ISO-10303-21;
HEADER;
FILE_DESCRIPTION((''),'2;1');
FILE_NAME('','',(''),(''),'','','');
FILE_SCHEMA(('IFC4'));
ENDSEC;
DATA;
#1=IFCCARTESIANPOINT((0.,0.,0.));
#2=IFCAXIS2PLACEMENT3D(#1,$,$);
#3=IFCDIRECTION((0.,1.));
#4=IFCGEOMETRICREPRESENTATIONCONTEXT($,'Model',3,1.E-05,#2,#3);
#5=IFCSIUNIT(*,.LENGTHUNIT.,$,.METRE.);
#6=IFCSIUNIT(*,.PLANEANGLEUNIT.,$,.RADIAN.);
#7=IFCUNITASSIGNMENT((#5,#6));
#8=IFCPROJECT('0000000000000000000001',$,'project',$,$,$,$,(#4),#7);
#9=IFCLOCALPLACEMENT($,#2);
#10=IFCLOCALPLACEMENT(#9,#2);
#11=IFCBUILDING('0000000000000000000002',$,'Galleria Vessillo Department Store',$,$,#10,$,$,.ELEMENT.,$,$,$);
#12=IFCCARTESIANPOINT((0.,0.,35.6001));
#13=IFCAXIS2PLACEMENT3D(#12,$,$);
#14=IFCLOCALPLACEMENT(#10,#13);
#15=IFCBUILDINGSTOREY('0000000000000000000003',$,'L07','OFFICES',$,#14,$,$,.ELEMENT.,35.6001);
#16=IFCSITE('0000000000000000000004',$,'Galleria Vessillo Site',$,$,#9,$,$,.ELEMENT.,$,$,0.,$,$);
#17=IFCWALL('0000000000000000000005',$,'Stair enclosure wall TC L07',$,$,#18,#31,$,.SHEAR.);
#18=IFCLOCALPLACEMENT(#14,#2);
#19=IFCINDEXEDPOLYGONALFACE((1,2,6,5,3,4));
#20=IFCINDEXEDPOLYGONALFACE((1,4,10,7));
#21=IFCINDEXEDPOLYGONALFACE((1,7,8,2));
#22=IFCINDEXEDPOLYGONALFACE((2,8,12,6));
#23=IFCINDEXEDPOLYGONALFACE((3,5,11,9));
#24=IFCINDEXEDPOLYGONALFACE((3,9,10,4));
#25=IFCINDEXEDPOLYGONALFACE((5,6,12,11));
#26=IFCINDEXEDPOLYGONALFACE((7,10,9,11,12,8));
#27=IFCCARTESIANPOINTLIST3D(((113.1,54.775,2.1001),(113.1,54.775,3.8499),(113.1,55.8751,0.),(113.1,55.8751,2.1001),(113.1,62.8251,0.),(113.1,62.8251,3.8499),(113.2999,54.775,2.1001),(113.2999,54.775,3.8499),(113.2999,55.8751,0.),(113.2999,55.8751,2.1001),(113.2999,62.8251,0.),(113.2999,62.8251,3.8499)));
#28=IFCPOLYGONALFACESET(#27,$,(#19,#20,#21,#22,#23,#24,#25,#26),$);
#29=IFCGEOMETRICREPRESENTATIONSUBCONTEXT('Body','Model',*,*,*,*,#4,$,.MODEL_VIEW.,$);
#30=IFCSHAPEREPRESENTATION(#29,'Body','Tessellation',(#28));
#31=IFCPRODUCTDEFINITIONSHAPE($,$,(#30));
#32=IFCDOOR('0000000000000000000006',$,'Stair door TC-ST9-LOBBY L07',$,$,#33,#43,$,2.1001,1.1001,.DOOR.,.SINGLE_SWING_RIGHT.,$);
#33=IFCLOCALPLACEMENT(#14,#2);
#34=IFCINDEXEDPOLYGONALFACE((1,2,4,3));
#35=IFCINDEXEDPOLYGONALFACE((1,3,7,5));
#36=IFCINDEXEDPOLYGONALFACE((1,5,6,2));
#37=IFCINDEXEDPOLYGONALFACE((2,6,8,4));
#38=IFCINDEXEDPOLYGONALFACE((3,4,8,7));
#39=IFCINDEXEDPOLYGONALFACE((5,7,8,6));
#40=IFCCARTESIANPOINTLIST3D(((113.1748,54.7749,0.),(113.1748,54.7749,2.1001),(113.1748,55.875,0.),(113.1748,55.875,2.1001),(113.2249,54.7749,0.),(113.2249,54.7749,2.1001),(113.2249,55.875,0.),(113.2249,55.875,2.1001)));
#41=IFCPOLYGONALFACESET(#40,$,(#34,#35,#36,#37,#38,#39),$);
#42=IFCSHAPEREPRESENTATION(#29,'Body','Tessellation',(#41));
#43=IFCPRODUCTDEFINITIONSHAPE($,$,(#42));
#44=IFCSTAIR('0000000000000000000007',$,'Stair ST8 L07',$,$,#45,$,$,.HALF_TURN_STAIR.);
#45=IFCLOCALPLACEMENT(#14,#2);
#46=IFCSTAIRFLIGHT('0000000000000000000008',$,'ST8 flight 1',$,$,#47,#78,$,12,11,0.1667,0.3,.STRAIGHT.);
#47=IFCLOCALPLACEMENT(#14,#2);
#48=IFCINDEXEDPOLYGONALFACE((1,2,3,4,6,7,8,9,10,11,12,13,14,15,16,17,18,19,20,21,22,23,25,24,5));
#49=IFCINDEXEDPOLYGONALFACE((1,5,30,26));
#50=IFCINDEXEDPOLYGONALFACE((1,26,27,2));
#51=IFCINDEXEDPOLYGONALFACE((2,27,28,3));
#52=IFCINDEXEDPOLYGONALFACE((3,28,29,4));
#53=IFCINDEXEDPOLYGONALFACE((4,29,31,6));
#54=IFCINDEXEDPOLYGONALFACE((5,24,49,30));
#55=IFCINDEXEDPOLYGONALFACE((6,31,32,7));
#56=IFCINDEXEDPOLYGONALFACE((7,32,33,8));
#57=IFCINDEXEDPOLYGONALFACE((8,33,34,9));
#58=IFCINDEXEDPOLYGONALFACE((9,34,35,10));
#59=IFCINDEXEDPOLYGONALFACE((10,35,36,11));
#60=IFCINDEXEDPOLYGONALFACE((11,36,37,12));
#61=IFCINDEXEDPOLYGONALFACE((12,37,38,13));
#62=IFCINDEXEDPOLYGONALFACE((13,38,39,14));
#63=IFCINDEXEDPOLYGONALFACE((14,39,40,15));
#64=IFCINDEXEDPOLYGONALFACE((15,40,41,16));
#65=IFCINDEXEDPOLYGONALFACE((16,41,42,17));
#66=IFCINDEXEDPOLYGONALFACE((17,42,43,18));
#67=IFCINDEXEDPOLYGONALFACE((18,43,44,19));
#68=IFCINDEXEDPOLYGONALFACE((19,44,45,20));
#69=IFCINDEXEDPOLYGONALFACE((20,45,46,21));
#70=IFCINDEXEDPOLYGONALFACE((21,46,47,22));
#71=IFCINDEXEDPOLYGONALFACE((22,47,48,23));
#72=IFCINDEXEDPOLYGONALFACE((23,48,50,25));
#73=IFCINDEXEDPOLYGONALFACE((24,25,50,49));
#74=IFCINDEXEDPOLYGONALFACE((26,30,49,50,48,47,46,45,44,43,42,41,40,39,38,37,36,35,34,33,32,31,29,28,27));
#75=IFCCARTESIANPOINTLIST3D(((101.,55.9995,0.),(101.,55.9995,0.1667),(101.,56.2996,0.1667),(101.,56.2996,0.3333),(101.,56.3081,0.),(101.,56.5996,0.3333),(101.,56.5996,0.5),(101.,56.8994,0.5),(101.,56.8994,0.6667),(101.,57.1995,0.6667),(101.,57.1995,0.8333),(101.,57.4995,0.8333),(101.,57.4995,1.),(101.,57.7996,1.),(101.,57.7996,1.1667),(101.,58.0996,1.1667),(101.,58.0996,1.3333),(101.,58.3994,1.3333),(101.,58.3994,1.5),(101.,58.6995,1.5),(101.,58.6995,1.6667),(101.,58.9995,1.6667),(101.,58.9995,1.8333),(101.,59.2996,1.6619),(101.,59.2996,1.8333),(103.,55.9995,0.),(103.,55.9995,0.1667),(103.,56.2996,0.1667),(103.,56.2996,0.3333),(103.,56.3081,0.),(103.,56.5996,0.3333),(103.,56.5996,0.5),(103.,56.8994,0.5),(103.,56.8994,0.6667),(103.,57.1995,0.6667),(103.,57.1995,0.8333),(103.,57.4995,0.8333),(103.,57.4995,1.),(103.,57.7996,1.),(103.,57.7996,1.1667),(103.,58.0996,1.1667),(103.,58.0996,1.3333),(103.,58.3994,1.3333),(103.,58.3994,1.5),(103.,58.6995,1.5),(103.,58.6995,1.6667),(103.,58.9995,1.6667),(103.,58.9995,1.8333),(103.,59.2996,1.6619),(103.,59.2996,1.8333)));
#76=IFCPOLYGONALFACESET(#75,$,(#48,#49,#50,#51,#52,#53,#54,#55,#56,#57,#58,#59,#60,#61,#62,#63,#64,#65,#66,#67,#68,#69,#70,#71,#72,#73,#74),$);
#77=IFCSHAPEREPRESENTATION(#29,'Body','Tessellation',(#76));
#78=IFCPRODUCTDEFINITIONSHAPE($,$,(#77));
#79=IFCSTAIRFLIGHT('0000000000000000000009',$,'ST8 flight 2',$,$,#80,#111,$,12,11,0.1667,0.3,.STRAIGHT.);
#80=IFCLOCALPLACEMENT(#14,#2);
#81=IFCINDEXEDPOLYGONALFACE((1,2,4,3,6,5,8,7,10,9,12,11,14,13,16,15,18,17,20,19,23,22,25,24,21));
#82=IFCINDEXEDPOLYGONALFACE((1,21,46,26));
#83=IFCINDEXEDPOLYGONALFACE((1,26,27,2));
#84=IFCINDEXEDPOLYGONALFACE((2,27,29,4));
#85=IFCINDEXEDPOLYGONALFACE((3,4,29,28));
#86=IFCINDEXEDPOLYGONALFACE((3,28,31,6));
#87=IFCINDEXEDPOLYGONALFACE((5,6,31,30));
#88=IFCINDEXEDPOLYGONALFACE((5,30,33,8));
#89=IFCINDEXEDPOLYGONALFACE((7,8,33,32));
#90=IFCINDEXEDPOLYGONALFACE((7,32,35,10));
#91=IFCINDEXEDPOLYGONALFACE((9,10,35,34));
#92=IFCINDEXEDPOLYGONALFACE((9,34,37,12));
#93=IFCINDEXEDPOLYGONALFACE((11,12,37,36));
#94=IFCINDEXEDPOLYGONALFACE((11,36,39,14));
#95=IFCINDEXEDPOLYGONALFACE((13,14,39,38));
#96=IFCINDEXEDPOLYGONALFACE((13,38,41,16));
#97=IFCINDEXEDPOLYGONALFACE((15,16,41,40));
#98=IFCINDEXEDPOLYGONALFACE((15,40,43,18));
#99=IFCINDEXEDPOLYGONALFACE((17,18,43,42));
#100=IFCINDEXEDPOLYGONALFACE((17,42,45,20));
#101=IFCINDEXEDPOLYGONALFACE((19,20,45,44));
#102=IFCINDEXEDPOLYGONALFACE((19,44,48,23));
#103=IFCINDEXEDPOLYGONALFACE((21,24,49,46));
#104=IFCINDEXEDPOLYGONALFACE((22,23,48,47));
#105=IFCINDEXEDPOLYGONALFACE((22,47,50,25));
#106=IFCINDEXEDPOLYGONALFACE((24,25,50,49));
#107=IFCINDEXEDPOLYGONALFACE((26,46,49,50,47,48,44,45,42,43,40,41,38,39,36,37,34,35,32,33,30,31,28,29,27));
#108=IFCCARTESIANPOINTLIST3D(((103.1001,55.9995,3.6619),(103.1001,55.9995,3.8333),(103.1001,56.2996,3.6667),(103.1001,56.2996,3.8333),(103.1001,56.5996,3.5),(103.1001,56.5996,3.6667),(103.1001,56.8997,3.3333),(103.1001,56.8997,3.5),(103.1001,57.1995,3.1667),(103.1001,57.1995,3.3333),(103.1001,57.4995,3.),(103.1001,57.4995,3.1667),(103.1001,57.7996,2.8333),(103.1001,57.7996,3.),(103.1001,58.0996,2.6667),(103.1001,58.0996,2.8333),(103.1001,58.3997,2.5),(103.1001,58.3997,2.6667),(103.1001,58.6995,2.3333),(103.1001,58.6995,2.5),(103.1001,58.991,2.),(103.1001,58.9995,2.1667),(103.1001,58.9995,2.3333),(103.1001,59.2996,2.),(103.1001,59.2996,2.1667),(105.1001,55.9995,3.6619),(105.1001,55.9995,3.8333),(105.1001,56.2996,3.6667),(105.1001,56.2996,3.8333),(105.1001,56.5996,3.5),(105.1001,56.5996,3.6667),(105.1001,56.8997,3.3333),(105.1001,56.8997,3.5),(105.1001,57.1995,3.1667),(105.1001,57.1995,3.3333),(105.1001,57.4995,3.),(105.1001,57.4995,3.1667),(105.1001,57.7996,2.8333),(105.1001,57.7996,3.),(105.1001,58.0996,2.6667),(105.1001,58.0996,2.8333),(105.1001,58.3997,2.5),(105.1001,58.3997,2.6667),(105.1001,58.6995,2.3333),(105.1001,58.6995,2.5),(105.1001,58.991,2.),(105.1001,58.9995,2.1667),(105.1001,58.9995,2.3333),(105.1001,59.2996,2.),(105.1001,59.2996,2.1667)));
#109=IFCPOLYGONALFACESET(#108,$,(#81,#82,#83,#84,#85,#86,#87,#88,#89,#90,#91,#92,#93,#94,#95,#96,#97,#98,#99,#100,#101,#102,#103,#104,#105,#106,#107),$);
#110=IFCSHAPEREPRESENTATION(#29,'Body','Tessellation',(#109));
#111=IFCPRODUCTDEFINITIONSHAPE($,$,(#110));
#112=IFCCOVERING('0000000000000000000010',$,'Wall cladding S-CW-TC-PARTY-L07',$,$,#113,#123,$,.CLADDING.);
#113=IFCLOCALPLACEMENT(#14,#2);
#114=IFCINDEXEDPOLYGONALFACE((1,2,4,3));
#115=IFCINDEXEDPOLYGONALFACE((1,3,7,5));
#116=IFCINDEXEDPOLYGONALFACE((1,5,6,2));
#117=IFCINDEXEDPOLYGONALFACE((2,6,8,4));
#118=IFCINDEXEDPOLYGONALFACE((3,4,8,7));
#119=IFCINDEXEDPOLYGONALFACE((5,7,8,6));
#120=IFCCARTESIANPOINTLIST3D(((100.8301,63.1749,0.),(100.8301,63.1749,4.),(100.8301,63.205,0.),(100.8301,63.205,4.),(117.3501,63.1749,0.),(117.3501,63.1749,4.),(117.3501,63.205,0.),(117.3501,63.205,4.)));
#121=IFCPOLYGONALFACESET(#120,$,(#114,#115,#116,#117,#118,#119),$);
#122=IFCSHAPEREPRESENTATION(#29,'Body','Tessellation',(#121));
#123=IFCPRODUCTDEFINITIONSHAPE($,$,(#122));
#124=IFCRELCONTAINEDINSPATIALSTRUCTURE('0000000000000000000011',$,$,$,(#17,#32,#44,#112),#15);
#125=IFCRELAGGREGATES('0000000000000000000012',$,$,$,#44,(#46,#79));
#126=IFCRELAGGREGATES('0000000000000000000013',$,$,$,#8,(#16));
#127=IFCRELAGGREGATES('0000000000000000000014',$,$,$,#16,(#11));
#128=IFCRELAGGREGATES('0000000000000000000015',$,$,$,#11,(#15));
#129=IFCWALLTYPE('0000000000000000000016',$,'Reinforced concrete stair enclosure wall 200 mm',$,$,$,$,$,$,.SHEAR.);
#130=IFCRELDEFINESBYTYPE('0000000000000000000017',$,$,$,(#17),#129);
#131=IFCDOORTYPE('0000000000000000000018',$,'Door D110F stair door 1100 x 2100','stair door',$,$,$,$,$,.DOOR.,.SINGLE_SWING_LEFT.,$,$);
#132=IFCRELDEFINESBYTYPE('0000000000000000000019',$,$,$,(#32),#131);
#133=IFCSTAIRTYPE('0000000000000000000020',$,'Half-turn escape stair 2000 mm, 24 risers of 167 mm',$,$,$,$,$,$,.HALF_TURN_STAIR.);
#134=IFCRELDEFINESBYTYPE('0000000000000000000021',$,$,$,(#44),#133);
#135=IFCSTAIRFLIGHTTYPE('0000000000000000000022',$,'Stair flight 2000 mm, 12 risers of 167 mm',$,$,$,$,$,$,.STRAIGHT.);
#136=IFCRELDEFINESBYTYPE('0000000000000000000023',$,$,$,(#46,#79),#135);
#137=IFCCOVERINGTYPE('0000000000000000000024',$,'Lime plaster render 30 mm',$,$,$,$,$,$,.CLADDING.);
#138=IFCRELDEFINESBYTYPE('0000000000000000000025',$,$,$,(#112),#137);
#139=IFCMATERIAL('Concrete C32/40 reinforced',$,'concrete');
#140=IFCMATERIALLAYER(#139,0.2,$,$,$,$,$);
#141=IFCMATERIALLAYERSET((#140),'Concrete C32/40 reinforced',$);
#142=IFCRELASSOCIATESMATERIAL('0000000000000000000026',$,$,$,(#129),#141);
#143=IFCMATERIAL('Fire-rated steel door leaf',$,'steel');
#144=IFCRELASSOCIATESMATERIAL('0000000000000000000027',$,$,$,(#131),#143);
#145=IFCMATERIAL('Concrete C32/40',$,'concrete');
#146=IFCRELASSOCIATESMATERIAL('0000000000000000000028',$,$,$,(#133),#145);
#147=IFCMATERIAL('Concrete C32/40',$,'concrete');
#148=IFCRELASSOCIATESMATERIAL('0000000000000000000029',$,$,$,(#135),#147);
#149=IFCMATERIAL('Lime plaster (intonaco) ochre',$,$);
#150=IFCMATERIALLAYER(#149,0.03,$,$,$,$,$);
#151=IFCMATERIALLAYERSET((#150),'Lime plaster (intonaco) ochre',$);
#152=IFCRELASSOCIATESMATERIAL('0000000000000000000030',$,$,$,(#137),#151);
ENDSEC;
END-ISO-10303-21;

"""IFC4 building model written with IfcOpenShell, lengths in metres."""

from ifc_helpers import new_model, si_unit, direction, frame, frame_2d, origin, origin_2d, place, context, subcontext, project, spatial, polyline, rectangle, outline, extrude, material, layer, layer_set, type_object, element, fill, aggregate, save


model = new_model("IFC4")

# Units and contexts
model_context = context("Model", 3, precision=1e-05, world=origin(), true_north=direction((0.0, 1.0)))
body_context = subcontext(model_context, "Body", "Model", "MODEL_VIEW")
ifc_project = project(units=[si_unit("LENGTHUNIT", "METRE"), si_unit("PLANEANGLEUNIT", "RADIAN")], contexts=[model_context])

# Site, building, storey
site_placement = place(None, origin())
site = spatial("IfcSite", under=ifc_project, at=site_placement, Name="Galleria Vessillo Site", CompositionType="ELEMENT", RefElevation=0.0)
building_placement = place(site_placement, origin())
building = spatial("IfcBuilding", under=site, at=building_placement, Name="Galleria Vessillo Department Store", CompositionType="ELEMENT")
storey_placement = place(building_placement, frame((0.0, 0.0, 35.6001)))
storey = spatial("IfcBuildingStorey", under=building, at=storey_placement, Name="L07", Description="OFFICES", CompositionType="ELEMENT", Elevation=35.6001)

# Wall, opening, door
ifc_material_1 = material(Name="Concrete C32/40 reinforced", Category="concrete")
ifc_layer_1 = layer(ifc_material_1, 0.2)
ifc_layer_set_1 = layer_set([ifc_layer_1], Name="Concrete C32/40 reinforced")
wall_type_1 = type_object("IfcWallType", Name="Reinforced concrete stair enclosure wall 200 mm", PredefinedType="SHEAR", material=ifc_layer_set_1)
ifc_material_2 = material(Name="Fire-rated steel door leaf", Category="steel")
door_type_1 = type_object("IfcDoorType", Name="Door D110F stair door 1100 x 2100", Description="stair door", OperationType="SINGLE_SWING_LEFT", PredefinedType="DOOR", material=ifc_material_2)
wall_1_placement = place(storey_placement, frame((113.2, 62.825, 0.0), z_axis=(0.0, 0.0, 1.0), x_axis=(0.0, -1.0, 0.0)))
wall_1 = element("IfcWall", 1, at=wall_1_placement, inside=storey, type_object=wall_type_1, Name="Stair enclosure wall TC L07", PredefinedType="SHEAR", context=body_context, shape_type="SweptSolid", body=[
    extrude(rectangle(XDim=8.05, YDim=0.2, at=frame_2d((4.0249, 0.0))), origin(), (0.0, 0.0, 1.0), 3.8499),
])
opening_1_placement = place(wall_1_placement, frame((6.95, 0.0, 0.0)))
opening_1 = element("IfcOpeningElement", 2, at=opening_1_placement, cuts=wall_1, PredefinedType="OPENING", context=body_context, shape_type="SweptSolid", body=[
    extrude(rectangle(XDim=1.1101, YDim=2.1001, at=frame_2d((0.5549, 1.05))), frame((0.0, 0.1099, 0.0), z_axis=(0.0, -1.0, 0.0), x_axis=(1.0, 0.0, 0.0)), (0.0, 0.0, 1.0), 0.22),
])
door_1_placement = place(opening_1_placement, origin())
door_1 = element("IfcDoor", 3, at=door_1_placement, inside=storey, type_object=door_type_1, Name="Stair door TC-ST9-LOBBY L07", OperationType="SINGLE_SWING_RIGHT", OverallHeight=2.1001, OverallWidth=1.1001, PredefinedType="DOOR", context=body_context, shape_type="SweptSolid", body=[
    extrude(rectangle(XDim=1.1001, YDim=2.1001, at=frame_2d((0.55, 1.05))), frame((0.0, 0.0249, 0.0), z_axis=(0.0, -1.0, 0.0), x_axis=(1.0, 0.0, 0.0)), (0.0, 0.0, 1.0), 0.05),
])
fill(opening_1, door_1)

# Stair, stair flights
ifc_material_3 = material(Name="Concrete C32/40", Category="concrete")
stair_type = type_object("IfcStairType", Name="Half-turn escape stair 2000 mm, 24 risers of 167 mm", PredefinedType="HALF_TURN_STAIR", material=ifc_material_3)
stair_placement = place(storey_placement, origin())
stair = element("IfcStair", 4, at=stair_placement, inside=storey, type_object=stair_type, Name="Stair ST8 L07", PredefinedType="HALF_TURN_STAIR")
ifc_material_4 = material(Name="Concrete C32/40", Category="concrete")
stair_flight_type = type_object("IfcStairFlightType", Name="Stair flight 2000 mm, 12 risers of 167 mm", PredefinedType="STRAIGHT", material=ifc_material_4)
stair_flight_1_placement = place(storey_placement, frame((102.0, 55.9995, 0.0), z_axis=(0.0, 0.0, 1.0), x_axis=(0.0, 1.0, 0.0)))
stair_flight_1 = element("IfcStairFlight", 5, at=stair_flight_1_placement, type_object=stair_flight_type, Name="ST8 flight 1", NumberOfRisers=12, NumberOfTreads=11, PredefinedType="STRAIGHT", RiserHeight=0.1667, TreadLength=0.3, context=body_context, shape_type="SweptSolid", body=[
    extrude(outline(polyline([(0.0, 0.0), (0.0, 0.1667), (0.3, 0.1667), (0.3, 0.3333), (0.6001, 0.3333), (0.6001, 0.5), (0.8999, 0.5), (0.8999, 0.6667), (1.2, 0.6667), (1.2, 0.8333), (1.5, 0.8333), (1.5, 1.0), (1.8, 1.0), (1.8, 1.1667), (2.1001, 1.1667), (2.1001, 1.3333), (2.3999, 1.3333), (2.3999, 1.5), (2.7, 1.5), (2.7, 1.6667), (3.0, 1.6667), (3.0, 1.8333), (3.3, 1.8333), (3.3, 2.0), (3.3, 1.6619), (0.3086, 0.0), (0.0, 0.0)])), frame((0.0, 1.0, 0.0), z_axis=(0.0, -1.0, 0.0), x_axis=(1.0, 0.0, 0.0)), (0.0, 0.0, 1.0), 2.0),
])
stair_flight_2_placement = place(storey_placement, frame((104.1001, 59.2996, 2.0), z_axis=(0.0, 0.0, 1.0), x_axis=(0.0, -1.0, 0.0)))
stair_flight_2 = element("IfcStairFlight", 6, at=stair_flight_2_placement, type_object=stair_flight_type, Name="ST8 flight 2", NumberOfRisers=12, NumberOfTreads=11, PredefinedType="STRAIGHT", RiserHeight=0.1667, TreadLength=0.3, context=body_context, shape_type="SweptSolid", body=[
    extrude(outline(polyline([(0.0, 0.0), (0.0, 0.1667), (0.3, 0.1667), (0.3, 0.3333), (0.6001, 0.3333), (0.6001, 0.5), (0.8999, 0.5), (0.8999, 0.6667), (1.2, 0.6667), (1.2, 0.8333), (1.5, 0.8333), (1.5, 1.0), (1.8, 1.0), (1.8, 1.1667), (2.1001, 1.1667), (2.1001, 1.3333), (2.3999, 1.3333), (2.3999, 1.5), (2.7, 1.5), (2.7, 1.6667), (3.0, 1.6667), (3.0, 1.8333), (3.3, 1.8333), (3.3, 2.0), (3.3, 1.6619), (0.3086, 0.0), (0.0, 0.0)])), frame((0.0, 1.0, 0.0), z_axis=(0.0, -1.0, 0.0), x_axis=(1.0, 0.0, 0.0)), (0.0, 0.0, 1.0), 2.0),
])
aggregate(stair, [stair_flight_1, stair_flight_2])

# Covering
ifc_material_5 = material(Name="Lime plaster (intonaco) ochre")
ifc_layer_2 = layer(ifc_material_5, 0.03)
ifc_layer_set_2 = layer_set([ifc_layer_2], Name="Lime plaster (intonaco) ochre")
covering_type = type_object("IfcCoveringType", Name="Lime plaster render 30 mm", PredefinedType="CLADDING", material=ifc_layer_set_2)
covering_placement = place(storey_placement, frame((109.0901, 63.1899, 0.0), z_axis=(0.0, 0.0, 1.0), x_axis=(1.0, 0.0, 0.0)))
element("IfcCovering", 7, at=covering_placement, inside=storey, type_object=covering_type, Name="Wall cladding S-CW-TC-PARTY-L07", PredefinedType="CLADDING", context=body_context, shape_type="SweptSolid", body=[
    extrude(rectangle(XDim=16.52, YDim=0.03, at=origin_2d()), origin(), (0.0, 0.0, 1.0), 4.0),
])

save(model, "model.ifc")
